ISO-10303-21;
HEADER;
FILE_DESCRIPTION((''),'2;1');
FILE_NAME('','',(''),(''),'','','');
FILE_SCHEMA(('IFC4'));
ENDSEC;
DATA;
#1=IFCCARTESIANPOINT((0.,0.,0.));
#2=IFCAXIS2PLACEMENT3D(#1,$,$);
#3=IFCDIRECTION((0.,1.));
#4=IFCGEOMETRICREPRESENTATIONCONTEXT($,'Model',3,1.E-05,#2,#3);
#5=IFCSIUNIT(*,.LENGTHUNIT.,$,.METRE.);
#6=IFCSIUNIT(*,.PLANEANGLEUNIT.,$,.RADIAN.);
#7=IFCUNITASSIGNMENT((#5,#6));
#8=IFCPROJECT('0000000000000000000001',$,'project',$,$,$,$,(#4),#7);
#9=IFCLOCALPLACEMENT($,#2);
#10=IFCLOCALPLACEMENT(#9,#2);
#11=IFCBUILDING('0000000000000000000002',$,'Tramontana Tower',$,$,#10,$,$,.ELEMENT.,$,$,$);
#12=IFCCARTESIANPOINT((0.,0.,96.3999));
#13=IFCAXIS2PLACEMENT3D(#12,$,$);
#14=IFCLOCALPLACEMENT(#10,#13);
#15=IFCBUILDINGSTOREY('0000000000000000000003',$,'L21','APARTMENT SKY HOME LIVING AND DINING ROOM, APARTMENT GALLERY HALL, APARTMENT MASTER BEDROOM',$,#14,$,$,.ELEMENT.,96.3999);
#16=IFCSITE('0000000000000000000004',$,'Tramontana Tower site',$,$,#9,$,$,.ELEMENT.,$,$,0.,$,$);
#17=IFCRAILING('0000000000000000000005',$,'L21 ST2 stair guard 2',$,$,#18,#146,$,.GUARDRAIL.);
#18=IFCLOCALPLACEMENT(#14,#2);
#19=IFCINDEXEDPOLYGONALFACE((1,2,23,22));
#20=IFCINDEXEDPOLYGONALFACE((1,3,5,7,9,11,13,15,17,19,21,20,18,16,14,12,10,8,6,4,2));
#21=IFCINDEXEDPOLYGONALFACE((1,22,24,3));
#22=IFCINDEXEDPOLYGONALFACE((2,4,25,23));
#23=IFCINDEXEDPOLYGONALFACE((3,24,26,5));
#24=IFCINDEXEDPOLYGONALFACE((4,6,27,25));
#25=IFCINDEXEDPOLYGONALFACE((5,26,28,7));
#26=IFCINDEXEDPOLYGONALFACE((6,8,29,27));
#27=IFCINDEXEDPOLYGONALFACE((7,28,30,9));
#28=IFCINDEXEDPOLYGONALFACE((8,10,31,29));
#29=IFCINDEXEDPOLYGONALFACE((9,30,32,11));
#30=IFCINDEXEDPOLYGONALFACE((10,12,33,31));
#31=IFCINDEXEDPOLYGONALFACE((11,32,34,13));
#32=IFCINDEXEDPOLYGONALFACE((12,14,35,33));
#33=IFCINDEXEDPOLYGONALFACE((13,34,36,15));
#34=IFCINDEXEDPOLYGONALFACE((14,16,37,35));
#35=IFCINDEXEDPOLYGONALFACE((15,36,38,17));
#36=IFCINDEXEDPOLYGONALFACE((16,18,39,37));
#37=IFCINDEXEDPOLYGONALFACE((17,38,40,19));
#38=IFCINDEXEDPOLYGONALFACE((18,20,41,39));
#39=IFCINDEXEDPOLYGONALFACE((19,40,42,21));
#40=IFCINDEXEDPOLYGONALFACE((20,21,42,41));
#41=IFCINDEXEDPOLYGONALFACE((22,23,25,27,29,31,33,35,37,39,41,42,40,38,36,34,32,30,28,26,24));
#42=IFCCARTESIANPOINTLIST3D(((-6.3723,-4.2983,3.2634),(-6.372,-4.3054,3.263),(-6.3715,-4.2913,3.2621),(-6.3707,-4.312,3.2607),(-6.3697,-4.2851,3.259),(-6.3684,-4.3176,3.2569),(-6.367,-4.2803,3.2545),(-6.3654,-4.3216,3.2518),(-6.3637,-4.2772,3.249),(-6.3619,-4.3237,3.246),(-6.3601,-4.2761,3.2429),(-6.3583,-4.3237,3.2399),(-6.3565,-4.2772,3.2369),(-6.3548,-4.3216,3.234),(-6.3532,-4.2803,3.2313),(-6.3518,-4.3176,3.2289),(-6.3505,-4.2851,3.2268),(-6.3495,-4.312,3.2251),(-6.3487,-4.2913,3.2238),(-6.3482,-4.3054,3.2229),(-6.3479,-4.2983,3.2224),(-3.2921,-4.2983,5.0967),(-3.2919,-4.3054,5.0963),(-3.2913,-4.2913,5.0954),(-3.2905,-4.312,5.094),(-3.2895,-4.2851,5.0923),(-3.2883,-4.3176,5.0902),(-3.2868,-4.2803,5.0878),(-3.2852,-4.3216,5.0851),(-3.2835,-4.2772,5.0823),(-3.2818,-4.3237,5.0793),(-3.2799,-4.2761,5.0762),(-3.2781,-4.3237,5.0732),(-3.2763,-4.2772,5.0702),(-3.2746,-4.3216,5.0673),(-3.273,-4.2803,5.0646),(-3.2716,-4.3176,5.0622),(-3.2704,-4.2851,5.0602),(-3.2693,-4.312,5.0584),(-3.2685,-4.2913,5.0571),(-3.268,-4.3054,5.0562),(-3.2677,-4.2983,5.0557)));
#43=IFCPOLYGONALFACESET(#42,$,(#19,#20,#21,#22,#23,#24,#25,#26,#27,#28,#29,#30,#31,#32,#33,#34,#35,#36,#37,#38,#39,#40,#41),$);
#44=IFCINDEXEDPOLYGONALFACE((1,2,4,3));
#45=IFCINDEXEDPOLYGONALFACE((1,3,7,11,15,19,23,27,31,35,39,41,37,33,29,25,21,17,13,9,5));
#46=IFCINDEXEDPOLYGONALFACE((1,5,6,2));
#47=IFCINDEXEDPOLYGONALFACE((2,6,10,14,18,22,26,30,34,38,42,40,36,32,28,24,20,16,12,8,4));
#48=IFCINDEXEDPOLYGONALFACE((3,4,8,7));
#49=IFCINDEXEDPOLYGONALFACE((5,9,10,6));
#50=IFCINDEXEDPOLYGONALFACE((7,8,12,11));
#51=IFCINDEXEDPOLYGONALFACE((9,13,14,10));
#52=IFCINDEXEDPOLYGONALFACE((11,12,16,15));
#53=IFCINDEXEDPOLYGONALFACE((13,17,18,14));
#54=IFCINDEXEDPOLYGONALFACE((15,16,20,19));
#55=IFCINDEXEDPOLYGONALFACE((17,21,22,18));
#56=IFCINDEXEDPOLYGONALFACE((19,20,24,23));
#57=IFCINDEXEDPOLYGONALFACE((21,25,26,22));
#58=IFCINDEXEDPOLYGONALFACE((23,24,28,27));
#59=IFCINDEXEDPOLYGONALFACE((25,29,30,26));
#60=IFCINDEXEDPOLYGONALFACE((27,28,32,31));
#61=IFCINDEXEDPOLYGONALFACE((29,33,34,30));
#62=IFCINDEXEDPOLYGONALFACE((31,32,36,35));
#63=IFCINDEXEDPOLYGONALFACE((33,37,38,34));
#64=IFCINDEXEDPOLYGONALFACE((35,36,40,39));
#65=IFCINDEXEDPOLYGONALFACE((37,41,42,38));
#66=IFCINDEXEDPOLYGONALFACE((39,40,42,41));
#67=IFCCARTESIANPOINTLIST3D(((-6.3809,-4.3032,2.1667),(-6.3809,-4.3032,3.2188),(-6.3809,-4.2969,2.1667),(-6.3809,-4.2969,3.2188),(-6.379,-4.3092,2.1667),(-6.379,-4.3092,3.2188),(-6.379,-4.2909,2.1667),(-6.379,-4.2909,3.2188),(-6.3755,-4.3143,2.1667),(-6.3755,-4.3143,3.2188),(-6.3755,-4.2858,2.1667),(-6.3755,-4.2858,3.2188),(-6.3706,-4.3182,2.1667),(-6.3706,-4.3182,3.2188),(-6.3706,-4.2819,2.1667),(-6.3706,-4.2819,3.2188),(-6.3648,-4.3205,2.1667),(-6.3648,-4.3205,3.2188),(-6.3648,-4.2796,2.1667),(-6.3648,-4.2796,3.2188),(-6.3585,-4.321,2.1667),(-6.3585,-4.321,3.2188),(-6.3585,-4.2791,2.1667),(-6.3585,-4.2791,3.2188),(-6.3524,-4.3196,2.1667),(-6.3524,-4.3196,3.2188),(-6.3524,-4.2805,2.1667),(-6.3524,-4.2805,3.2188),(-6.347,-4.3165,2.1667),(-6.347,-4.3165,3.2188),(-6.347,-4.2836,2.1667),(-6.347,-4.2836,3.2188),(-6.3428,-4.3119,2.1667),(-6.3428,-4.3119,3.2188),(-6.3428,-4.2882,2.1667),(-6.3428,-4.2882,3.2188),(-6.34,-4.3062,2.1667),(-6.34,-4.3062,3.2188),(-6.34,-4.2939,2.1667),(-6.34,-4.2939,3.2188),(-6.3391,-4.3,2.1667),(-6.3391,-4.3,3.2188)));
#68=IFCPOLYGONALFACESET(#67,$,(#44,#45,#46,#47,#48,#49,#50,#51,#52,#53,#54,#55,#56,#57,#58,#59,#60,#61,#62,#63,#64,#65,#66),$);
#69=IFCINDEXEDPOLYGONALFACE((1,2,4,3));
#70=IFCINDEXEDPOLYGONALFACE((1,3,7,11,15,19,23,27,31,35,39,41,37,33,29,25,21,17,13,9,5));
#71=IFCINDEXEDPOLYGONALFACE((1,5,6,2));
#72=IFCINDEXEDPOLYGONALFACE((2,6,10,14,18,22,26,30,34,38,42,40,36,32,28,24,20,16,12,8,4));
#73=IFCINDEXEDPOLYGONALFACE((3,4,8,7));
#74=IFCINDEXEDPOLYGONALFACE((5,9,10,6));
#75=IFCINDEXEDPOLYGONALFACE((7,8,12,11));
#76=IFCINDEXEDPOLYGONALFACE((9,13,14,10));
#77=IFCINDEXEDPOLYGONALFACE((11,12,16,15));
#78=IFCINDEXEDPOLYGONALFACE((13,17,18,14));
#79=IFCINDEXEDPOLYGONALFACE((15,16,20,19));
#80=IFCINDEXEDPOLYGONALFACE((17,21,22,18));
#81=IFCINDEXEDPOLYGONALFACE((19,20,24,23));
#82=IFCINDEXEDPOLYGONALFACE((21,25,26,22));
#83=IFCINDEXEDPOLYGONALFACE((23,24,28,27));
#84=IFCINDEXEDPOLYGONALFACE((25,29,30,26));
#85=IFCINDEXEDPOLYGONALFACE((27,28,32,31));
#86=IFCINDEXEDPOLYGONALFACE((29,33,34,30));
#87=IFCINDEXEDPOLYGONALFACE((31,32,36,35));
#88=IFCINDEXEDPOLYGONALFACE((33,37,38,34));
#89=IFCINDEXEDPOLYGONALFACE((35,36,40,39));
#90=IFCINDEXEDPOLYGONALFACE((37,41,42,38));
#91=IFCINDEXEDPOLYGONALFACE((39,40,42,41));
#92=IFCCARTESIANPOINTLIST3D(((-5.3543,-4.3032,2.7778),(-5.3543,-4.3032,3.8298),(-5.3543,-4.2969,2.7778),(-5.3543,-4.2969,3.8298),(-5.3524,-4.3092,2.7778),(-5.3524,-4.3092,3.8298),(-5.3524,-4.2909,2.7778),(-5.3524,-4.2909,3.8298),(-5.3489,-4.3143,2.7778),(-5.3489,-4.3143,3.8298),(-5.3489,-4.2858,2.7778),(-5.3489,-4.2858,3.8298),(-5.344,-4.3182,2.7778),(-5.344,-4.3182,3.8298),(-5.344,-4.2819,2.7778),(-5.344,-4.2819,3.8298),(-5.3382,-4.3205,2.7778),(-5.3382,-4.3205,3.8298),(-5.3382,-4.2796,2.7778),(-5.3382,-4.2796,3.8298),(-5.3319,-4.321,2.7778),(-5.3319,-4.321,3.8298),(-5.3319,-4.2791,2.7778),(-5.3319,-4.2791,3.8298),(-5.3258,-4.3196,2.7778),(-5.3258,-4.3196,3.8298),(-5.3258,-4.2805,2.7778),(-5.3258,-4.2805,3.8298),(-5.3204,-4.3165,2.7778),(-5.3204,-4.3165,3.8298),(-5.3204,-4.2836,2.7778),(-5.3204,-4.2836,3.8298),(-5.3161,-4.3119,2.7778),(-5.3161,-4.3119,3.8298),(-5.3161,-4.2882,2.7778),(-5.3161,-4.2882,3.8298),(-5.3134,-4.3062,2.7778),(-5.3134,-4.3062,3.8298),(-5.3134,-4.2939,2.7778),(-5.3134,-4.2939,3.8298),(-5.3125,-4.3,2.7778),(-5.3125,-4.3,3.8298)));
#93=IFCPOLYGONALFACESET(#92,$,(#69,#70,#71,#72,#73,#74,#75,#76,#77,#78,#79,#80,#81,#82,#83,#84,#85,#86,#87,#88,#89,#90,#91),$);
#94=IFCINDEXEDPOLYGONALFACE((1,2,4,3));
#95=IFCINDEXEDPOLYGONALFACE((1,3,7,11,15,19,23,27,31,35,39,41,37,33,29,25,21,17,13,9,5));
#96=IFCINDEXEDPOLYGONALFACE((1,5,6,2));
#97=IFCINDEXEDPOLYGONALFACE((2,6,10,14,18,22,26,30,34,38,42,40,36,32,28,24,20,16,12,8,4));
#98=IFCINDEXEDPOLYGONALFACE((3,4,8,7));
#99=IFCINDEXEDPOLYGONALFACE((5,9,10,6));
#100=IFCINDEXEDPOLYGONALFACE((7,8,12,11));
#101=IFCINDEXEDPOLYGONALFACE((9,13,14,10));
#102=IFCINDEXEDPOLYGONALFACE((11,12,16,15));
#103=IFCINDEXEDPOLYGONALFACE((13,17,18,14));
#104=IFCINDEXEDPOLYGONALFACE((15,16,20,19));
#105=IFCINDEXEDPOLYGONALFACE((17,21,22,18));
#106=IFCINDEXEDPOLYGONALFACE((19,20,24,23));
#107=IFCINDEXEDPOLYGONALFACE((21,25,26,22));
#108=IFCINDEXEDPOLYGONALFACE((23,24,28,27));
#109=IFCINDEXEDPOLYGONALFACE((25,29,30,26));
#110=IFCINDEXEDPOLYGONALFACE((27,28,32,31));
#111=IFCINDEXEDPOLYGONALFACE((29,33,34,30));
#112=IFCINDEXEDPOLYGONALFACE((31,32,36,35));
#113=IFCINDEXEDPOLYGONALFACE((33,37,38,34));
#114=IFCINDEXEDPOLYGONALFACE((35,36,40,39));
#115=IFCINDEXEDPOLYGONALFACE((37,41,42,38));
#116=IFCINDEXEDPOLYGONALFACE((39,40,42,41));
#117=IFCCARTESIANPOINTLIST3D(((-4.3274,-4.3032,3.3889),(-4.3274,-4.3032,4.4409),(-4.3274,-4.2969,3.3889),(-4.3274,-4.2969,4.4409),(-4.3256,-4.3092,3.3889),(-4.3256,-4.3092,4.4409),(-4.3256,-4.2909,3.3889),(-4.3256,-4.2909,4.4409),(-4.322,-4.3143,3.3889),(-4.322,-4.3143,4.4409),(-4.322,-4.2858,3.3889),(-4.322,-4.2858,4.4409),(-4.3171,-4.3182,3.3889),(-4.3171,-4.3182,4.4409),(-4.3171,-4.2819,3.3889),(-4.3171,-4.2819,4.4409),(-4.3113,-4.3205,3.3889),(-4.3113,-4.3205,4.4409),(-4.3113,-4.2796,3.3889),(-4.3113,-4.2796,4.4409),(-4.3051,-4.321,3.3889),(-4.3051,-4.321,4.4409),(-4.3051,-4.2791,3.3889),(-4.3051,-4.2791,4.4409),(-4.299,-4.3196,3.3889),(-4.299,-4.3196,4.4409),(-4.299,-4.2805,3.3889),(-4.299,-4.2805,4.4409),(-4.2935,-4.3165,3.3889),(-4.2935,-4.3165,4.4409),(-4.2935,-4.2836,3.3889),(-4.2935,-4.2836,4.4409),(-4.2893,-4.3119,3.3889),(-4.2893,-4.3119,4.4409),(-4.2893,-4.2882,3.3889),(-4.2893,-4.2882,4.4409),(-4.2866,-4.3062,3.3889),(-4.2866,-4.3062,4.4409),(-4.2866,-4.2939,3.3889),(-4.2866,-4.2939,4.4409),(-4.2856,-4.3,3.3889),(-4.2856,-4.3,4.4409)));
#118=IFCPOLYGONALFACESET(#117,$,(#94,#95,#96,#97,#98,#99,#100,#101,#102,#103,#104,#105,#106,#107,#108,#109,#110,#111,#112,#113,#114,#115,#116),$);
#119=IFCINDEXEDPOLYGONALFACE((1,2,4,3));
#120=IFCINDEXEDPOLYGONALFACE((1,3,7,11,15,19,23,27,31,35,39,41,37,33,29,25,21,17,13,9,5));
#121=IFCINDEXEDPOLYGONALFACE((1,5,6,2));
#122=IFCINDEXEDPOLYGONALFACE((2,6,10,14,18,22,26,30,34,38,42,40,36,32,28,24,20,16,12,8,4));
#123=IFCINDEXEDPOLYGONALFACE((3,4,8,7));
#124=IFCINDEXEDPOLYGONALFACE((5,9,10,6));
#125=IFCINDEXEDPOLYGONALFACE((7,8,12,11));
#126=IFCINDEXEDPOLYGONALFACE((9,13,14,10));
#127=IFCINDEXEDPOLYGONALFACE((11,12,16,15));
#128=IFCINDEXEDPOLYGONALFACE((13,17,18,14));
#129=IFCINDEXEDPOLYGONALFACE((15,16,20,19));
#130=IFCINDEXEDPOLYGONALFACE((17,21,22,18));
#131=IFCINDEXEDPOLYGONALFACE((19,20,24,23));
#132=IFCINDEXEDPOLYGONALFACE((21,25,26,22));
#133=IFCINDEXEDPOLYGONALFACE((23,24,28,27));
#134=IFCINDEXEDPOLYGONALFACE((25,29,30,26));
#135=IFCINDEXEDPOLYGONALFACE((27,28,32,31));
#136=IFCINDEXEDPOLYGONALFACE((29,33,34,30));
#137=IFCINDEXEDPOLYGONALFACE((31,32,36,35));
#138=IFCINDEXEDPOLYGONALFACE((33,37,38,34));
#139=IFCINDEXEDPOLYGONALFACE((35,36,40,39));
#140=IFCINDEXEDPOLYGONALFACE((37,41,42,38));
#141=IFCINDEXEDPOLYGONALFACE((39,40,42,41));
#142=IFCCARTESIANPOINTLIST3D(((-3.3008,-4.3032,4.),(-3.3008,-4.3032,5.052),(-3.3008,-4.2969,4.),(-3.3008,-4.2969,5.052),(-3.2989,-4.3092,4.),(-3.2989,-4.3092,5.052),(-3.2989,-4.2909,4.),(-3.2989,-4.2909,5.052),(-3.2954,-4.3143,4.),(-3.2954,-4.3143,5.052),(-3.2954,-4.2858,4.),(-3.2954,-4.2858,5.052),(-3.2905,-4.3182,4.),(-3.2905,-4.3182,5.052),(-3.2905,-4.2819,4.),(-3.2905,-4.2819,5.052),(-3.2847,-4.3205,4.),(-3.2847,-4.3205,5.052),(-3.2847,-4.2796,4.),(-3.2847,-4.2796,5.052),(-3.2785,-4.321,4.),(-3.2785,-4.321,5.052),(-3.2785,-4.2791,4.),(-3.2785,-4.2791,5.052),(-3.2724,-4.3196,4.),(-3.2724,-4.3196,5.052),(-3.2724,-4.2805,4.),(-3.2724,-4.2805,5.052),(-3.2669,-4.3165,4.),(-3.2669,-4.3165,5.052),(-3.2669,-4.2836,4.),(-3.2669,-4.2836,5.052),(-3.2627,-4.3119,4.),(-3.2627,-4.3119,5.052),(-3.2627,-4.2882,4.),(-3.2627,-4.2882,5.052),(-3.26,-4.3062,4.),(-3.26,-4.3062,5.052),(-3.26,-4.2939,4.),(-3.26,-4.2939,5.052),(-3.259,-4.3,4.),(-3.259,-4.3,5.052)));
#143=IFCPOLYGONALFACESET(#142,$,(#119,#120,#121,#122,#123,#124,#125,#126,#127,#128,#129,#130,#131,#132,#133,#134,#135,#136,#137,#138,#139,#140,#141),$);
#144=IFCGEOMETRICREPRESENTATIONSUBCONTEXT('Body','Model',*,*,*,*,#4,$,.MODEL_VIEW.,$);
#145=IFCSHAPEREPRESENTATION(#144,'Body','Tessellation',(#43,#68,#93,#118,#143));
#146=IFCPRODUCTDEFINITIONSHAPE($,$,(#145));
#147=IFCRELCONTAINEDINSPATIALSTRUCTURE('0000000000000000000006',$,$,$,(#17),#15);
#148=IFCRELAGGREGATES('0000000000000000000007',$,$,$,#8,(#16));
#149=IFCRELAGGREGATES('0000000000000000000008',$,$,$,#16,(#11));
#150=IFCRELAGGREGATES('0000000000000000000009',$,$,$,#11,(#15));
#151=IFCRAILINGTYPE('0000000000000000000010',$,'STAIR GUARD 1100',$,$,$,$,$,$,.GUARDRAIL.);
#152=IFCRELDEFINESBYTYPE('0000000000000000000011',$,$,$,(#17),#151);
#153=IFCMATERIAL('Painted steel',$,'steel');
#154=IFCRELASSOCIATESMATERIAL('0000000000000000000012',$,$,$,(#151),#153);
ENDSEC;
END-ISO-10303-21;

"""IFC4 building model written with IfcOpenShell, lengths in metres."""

from ifc_helpers import new_model, si_unit, direction, frame, origin, origin_2d, place, context, subcontext, project, spatial, circle, extrude, material, type_object, element, save


model = new_model("IFC4")

# Units and contexts
model_context = context("Model", 3, precision=1e-05, world=origin(), true_north=direction((0.0, 1.0)))
body_context = subcontext(model_context, "Body", "Model", "MODEL_VIEW")
ifc_project = project(units=[si_unit("LENGTHUNIT", "METRE"), si_unit("PLANEANGLEUNIT", "RADIAN")], contexts=[model_context])

# Site, building, storey
site_placement = place(None, origin())
site = spatial("IfcSite", under=ifc_project, at=site_placement, Name="Tramontana Tower site", CompositionType="ELEMENT", RefElevation=0.0)
building_placement = place(site_placement, origin())
building = spatial("IfcBuilding", under=site, at=building_placement, Name="Tramontana Tower", CompositionType="ELEMENT")
storey_placement = place(building_placement, frame((0.0, 0.0, 96.3999)))
storey = spatial("IfcBuildingStorey", under=building, at=storey_placement, Name="L21", Description="APARTMENT SKY HOME LIVING AND DINING ROOM, APARTMENT GALLERY HALL, APARTMENT MASTER BEDROOM", CompositionType="ELEMENT", Elevation=96.3999)

# Railing
ifc_material_1 = material(Name="Painted steel", Category="steel")
railing_type_1 = type_object("IfcRailingType", Name="STAIR GUARD 1100", PredefinedType="GUARDRAIL", material=ifc_material_1)
railing_1_placement = place(storey_placement, frame((-6.3601, -4.3, 2.1667)))
element("IfcRailing", 1, at=railing_1_placement, inside=storey, type_object=railing_type_1, Name="L21 ST2 stair guard 2", PredefinedType="GUARDRAIL", context=body_context, shape_type="SweptSolid", body=[
    extrude(circle(Radius=0.0239, at=origin_2d()), frame((0.0, 0.0, 1.0762), z_axis=(0.859309, 0.0, 0.511458), x_axis=(0.0, 1.0, 0.0)), (0.0, 0.0, 1.0), 3.5845),
    extrude(circle(Radius=0.021, at=origin_2d()), origin(), (0.0, 0.0, 1.0), 1.052),
    extrude(circle(Radius=0.021, at=origin_2d()), frame((1.0266, 0.0, 0.6111)), (0.0, 0.0, 1.0), 1.052),
    extrude(circle(Radius=0.021, at=origin_2d()), frame((2.0535, 0.0, 1.2222)), (0.0, 0.0, 1.0), 1.052),
    extrude(circle(Radius=0.021, at=origin_2d()), frame((3.0801, 0.0, 1.8333)), (0.0, 0.0, 1.0), 1.052),
])

save(model, "model.ifc")
